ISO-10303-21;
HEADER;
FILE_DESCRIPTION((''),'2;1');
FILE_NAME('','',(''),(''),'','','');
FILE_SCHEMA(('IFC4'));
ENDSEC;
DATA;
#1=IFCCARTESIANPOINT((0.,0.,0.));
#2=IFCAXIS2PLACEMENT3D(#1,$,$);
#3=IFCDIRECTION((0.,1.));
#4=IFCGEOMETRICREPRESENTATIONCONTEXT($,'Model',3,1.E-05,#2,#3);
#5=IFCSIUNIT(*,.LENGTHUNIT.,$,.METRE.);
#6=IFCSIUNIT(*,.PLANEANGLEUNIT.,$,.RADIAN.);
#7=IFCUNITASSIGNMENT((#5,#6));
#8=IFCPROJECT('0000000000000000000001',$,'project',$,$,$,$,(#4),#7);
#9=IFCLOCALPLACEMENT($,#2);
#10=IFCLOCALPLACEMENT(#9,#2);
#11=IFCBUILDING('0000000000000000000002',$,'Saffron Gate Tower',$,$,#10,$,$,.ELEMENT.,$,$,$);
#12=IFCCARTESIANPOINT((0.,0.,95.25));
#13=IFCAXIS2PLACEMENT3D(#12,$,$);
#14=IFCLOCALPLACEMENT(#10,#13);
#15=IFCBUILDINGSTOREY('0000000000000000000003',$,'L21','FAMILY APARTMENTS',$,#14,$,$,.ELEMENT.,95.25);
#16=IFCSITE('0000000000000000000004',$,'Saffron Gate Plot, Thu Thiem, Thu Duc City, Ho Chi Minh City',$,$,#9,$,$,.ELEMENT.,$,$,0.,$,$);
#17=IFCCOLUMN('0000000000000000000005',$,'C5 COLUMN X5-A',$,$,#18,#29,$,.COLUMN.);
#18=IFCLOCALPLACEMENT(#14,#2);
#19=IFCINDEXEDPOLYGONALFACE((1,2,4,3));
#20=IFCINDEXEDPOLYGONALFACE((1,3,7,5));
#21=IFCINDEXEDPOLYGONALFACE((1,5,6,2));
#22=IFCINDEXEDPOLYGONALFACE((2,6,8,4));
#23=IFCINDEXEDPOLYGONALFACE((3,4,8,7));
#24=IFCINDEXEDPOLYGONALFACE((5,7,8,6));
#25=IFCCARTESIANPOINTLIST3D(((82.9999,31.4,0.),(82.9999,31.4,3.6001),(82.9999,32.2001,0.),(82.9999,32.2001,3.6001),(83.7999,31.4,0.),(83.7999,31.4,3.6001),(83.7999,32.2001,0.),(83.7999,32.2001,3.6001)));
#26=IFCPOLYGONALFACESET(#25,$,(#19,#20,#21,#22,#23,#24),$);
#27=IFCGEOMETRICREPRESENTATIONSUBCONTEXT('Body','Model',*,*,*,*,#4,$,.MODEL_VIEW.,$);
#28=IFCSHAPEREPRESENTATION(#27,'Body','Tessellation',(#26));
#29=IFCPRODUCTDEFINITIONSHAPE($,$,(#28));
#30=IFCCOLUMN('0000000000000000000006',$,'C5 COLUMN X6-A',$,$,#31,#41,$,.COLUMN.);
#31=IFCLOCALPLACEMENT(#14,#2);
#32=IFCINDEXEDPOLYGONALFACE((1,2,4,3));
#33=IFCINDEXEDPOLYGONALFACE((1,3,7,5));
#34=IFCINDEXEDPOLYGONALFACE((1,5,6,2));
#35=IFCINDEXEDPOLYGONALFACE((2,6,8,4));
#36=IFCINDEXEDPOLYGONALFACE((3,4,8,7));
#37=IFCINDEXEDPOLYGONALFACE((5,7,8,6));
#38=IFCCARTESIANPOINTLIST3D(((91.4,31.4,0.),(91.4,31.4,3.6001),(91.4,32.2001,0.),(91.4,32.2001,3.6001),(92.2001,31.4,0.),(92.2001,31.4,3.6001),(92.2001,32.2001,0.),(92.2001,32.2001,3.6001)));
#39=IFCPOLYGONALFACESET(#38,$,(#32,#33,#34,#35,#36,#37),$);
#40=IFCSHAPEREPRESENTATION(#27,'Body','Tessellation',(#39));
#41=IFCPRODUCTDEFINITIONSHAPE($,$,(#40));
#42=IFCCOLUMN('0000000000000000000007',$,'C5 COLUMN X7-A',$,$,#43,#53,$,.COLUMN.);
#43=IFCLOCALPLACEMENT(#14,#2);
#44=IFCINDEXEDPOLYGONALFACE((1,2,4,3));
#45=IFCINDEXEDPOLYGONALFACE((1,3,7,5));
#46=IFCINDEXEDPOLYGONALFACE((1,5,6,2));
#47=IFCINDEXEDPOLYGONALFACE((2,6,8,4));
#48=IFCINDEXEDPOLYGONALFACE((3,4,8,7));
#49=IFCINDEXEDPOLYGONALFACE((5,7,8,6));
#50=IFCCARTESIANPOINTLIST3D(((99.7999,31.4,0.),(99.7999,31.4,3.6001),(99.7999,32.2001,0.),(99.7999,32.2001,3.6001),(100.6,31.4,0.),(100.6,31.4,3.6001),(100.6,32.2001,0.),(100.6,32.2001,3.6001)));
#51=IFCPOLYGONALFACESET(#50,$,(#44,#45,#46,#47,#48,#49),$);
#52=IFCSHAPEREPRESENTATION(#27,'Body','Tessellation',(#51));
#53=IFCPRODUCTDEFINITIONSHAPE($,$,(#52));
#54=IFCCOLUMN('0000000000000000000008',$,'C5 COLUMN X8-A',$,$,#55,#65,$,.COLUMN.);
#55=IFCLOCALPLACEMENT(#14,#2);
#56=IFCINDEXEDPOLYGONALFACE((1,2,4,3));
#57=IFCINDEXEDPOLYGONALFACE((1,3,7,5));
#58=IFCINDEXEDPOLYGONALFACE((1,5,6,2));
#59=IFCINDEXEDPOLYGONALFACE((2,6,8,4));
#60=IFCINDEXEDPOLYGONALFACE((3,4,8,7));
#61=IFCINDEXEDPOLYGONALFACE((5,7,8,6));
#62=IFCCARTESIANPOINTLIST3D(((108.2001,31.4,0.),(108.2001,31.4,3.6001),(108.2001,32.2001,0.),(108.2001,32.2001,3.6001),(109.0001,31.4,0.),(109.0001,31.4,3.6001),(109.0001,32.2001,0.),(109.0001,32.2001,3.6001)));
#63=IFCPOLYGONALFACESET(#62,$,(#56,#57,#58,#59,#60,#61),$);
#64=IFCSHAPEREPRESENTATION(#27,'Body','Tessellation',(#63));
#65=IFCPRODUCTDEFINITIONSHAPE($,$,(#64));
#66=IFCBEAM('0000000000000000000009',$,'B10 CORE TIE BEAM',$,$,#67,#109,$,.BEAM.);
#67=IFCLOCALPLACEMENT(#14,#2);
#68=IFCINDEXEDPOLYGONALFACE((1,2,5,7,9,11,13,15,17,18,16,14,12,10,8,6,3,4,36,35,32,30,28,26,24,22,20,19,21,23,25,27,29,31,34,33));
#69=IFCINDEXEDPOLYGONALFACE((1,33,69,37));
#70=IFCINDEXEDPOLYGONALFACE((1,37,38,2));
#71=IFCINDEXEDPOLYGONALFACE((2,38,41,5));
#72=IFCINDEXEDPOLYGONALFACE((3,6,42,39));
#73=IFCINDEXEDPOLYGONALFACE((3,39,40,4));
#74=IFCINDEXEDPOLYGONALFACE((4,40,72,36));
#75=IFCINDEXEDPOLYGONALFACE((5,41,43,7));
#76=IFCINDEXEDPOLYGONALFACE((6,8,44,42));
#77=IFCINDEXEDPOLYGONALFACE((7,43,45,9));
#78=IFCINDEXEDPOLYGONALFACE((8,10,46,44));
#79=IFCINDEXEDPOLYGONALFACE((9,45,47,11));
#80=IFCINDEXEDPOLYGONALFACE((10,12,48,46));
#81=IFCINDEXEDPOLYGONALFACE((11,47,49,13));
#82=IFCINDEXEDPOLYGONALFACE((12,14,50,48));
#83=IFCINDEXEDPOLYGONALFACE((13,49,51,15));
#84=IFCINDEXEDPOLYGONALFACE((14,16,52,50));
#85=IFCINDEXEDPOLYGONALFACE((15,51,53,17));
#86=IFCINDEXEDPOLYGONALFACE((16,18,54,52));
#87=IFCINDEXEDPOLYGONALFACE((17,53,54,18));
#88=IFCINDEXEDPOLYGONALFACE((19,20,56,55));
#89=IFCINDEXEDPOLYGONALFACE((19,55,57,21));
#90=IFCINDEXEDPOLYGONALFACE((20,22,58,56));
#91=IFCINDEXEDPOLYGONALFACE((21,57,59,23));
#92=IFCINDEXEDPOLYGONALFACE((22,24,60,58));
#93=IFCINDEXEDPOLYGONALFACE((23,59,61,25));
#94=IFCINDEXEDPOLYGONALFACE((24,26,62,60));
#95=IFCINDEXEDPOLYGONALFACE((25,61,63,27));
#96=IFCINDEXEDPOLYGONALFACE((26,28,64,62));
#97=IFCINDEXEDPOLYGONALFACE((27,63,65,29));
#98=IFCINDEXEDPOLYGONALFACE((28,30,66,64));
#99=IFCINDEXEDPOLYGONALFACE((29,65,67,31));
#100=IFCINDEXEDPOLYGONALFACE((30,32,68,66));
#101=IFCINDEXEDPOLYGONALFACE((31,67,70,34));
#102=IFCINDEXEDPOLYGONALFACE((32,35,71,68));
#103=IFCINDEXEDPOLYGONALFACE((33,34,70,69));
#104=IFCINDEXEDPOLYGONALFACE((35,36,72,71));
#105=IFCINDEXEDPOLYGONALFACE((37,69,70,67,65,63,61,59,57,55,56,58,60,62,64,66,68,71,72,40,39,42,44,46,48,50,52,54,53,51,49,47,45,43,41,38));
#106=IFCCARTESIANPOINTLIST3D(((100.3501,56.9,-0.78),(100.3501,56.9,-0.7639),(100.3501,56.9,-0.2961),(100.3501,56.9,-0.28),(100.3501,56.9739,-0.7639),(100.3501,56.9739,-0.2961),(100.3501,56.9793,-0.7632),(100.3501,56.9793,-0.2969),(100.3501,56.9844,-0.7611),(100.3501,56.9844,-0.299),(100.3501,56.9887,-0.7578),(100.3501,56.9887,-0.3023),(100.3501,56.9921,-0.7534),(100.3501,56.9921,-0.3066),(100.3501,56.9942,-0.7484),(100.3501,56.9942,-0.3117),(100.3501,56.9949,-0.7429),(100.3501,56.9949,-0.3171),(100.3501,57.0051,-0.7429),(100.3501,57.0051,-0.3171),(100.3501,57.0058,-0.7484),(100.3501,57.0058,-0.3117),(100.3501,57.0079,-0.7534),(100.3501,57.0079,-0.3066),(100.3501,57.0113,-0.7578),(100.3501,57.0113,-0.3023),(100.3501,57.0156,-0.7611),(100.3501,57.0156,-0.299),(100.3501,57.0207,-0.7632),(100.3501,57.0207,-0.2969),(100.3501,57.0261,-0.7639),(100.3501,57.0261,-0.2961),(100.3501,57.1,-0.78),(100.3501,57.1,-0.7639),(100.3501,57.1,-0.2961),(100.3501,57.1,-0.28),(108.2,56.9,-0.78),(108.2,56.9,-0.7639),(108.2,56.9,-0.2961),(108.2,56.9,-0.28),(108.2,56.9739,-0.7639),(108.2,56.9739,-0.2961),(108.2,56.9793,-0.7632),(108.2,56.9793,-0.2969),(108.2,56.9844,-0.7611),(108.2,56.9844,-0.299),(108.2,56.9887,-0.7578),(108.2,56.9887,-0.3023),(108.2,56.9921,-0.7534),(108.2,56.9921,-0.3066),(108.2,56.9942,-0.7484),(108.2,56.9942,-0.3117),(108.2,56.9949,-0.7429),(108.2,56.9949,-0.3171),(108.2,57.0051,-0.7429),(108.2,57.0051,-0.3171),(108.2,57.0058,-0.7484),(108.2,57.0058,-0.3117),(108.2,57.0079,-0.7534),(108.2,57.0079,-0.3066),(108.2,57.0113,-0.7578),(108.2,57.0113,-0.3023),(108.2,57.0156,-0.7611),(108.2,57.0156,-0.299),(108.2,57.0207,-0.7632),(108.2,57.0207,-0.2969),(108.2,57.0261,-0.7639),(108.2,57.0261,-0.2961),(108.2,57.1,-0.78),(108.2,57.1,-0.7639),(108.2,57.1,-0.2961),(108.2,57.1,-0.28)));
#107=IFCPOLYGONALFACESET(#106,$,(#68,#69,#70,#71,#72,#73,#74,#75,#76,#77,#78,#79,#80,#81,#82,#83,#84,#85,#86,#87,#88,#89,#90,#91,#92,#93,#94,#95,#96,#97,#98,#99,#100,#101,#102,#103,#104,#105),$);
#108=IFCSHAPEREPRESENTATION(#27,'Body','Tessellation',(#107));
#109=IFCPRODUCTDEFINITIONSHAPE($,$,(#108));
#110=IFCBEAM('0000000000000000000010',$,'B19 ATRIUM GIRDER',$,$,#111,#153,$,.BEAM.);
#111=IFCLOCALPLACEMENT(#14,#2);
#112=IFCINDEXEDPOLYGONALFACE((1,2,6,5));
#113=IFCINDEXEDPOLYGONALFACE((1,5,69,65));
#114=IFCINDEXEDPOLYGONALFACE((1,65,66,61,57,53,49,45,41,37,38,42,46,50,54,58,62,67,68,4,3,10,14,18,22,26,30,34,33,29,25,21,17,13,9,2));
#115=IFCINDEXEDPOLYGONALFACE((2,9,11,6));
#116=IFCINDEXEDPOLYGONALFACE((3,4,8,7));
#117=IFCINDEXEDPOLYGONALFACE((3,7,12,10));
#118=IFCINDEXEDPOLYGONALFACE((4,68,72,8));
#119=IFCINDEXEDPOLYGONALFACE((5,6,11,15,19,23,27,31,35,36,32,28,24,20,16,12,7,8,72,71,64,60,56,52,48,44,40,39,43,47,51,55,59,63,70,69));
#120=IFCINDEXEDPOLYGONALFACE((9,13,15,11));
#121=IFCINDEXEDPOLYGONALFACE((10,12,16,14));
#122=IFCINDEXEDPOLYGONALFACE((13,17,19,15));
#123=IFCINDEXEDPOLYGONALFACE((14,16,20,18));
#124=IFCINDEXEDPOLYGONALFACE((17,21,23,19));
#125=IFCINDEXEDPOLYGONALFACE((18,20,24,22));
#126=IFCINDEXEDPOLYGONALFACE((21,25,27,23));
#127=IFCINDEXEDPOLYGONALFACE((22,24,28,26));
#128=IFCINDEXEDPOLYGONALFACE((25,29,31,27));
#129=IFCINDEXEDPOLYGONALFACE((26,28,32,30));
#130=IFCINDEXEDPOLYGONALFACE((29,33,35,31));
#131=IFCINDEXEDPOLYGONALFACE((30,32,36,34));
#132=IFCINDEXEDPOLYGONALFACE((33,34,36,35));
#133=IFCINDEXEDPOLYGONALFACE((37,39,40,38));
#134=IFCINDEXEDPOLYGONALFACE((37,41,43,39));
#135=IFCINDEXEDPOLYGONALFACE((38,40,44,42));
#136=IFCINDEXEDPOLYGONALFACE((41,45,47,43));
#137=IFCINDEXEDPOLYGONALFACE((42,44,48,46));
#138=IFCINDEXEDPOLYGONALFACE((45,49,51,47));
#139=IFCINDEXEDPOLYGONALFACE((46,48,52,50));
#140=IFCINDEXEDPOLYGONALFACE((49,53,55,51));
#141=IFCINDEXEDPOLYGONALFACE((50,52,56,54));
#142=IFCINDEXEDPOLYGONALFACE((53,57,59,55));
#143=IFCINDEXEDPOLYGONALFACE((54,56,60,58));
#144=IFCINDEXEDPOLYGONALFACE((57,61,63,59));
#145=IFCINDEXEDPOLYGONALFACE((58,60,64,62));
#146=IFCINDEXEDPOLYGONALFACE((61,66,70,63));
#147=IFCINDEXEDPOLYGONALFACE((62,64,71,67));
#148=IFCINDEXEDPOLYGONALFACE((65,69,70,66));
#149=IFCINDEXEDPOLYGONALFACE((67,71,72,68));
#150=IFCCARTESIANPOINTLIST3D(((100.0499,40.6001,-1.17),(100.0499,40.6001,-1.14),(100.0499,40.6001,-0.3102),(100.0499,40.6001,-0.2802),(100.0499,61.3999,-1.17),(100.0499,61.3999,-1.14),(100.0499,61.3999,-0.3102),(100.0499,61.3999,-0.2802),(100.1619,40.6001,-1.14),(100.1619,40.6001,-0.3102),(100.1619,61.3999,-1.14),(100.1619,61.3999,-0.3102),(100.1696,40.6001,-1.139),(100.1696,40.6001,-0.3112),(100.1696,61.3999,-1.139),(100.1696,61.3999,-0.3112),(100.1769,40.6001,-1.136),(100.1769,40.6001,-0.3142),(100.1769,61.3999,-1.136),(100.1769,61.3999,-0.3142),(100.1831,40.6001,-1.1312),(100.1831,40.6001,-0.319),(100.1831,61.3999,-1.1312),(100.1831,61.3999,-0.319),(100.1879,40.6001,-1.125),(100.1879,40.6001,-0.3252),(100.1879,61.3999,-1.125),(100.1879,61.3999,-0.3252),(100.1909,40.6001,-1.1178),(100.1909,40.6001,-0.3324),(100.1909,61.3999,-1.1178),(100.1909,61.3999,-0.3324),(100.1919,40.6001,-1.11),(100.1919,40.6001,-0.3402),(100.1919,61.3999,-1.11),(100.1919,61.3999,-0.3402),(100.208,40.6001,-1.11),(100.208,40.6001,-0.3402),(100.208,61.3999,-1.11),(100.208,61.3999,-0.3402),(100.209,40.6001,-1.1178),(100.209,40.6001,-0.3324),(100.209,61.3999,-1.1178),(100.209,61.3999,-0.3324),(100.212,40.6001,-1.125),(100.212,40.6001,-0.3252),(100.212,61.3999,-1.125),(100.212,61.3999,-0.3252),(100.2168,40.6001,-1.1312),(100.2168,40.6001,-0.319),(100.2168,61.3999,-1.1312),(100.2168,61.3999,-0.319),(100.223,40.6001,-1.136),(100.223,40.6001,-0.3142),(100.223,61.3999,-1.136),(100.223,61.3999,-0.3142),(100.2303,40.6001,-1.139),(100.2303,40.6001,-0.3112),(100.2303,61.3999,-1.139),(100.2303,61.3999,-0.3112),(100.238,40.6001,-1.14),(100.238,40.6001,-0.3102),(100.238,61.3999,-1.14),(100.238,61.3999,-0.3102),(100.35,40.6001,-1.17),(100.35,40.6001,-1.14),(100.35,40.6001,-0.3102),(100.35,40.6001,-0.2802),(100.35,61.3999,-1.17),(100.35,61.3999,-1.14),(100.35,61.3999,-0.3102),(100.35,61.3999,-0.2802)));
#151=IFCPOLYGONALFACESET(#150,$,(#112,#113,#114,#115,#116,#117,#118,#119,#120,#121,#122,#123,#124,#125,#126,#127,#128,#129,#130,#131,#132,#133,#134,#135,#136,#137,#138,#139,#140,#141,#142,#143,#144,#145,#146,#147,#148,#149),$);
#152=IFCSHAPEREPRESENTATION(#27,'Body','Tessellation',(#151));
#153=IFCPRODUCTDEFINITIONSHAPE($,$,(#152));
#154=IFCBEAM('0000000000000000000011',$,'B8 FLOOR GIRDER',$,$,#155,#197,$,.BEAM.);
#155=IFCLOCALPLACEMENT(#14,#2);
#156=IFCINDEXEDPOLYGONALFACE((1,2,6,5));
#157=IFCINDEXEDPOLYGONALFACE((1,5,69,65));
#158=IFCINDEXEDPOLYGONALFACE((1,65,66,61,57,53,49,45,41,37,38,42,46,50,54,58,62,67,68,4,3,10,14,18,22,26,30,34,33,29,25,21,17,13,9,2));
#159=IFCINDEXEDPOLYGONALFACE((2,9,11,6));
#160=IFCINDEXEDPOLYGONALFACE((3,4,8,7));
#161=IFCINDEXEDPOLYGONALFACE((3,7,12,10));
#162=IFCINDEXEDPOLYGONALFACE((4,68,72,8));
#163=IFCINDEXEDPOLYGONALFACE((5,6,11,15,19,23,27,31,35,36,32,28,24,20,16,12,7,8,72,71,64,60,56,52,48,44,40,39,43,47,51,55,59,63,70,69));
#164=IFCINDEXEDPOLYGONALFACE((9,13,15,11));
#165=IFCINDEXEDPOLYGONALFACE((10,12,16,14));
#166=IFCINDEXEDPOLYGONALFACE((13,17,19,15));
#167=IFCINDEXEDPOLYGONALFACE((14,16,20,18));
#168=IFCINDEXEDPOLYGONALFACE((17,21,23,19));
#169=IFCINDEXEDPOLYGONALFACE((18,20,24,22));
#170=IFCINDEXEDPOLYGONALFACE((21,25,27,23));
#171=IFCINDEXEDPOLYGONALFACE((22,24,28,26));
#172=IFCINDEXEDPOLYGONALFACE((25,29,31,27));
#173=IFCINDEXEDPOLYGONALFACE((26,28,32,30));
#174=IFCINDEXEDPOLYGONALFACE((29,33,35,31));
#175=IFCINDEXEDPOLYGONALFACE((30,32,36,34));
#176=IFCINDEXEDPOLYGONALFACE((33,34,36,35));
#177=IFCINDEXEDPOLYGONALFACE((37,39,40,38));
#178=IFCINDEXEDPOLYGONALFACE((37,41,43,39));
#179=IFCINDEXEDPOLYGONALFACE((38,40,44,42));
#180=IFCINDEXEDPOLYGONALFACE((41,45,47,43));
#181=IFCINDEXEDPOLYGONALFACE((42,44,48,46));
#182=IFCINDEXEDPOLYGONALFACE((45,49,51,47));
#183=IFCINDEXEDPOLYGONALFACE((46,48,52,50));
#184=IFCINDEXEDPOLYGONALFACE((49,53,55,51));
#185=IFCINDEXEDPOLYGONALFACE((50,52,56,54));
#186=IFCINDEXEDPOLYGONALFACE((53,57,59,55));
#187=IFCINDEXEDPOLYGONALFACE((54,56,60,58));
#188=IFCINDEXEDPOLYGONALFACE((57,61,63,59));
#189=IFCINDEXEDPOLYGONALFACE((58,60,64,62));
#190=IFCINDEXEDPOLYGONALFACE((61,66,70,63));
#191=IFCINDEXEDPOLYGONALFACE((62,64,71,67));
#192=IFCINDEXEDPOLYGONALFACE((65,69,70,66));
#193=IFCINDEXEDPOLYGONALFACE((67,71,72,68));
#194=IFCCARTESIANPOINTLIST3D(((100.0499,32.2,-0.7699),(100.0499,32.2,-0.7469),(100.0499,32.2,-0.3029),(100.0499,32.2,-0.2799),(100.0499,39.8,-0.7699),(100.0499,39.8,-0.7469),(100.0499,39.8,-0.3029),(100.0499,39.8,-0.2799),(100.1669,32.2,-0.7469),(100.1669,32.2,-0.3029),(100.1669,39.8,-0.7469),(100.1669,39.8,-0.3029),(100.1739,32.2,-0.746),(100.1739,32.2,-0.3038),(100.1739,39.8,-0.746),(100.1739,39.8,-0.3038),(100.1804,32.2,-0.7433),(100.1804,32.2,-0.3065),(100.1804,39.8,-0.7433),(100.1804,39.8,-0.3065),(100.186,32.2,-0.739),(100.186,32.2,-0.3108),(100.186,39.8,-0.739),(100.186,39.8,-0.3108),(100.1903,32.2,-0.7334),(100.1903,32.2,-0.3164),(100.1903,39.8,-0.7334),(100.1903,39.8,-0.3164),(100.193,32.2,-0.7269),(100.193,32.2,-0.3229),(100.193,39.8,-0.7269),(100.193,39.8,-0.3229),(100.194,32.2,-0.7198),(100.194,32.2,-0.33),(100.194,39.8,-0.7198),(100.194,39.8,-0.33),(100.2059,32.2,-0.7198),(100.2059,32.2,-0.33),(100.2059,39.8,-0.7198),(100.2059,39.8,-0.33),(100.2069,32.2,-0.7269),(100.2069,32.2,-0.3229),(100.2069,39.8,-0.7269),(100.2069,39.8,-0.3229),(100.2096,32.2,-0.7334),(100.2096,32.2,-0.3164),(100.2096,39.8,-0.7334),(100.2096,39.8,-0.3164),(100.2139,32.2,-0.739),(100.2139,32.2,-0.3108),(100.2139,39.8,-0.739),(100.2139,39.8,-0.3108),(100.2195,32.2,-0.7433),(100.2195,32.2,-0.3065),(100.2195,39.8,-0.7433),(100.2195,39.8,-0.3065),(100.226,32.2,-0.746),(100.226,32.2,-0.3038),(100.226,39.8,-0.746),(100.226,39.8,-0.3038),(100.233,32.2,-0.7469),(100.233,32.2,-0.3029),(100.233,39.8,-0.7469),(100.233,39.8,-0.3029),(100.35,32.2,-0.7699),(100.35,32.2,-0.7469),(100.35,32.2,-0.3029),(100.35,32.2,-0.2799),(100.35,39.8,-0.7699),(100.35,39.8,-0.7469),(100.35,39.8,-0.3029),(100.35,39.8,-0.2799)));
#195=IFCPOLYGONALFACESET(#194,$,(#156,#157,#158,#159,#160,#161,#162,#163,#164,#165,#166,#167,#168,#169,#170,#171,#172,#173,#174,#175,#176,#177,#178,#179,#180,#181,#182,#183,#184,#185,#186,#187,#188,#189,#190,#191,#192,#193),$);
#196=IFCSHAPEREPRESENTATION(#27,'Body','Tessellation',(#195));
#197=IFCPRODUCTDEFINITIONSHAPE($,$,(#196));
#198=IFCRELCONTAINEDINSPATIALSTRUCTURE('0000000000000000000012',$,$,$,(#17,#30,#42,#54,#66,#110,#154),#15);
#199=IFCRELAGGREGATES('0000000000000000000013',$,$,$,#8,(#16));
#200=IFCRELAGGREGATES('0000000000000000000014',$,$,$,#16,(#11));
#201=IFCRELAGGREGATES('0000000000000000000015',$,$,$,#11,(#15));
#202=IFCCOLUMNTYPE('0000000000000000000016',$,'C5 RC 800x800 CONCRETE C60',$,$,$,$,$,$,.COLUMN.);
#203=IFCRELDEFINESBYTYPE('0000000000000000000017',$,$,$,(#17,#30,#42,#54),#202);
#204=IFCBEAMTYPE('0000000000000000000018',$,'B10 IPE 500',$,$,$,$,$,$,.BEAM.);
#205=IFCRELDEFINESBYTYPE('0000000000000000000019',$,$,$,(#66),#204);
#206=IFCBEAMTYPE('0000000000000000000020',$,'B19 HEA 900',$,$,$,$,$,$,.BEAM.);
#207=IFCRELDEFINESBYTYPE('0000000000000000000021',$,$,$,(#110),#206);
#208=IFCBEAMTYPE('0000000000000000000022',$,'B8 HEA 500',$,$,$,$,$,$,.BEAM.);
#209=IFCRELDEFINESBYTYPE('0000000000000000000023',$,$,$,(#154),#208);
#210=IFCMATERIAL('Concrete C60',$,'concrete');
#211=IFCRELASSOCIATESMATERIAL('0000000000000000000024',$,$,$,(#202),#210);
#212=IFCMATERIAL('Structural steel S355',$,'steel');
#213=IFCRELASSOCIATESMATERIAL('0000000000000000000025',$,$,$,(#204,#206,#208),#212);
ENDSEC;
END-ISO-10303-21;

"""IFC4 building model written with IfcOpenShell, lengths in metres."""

from ifc_helpers import new_model, si_unit, direction, frame, origin, origin_2d, place, context, subcontext, project, spatial, rectangle, i_section, extrude, material, material_profile, profile_set, type_object, element, save


model = new_model("IFC4")

# Units and contexts
model_context = context("Model", 3, precision=1e-05, world=origin(), true_north=direction((0.0, 1.0)))
body_context = subcontext(model_context, "Body", "Model", "MODEL_VIEW")
ifc_project = project(units=[si_unit("LENGTHUNIT", "METRE"), si_unit("PLANEANGLEUNIT", "RADIAN")], contexts=[model_context])

# Site, building, storey
site_placement = place(None, origin())
site = spatial("IfcSite", under=ifc_project, at=site_placement, Name="Saffron Gate Plot, Thu Thiem, Thu Duc City, Ho Chi Minh City", CompositionType="ELEMENT", RefElevation=0.0)
building_placement = place(site_placement, origin())
building = spatial("IfcBuilding", under=site, at=building_placement, Name="Saffron Gate Tower", CompositionType="ELEMENT")
storey_placement = place(building_placement, frame((0.0, 0.0, 95.25)))
storey = spatial("IfcBuildingStorey", under=building, at=storey_placement, Name="L21", Description="FAMILY APARTMENTS", CompositionType="ELEMENT", Elevation=95.25)

# Columns
ifc_material_1 = material(Name="Concrete C60", Category="concrete")
ifc_material_profile_1 = material_profile(ifc_material_1, rectangle(XDim=0.8, YDim=0.8, at=origin_2d()))
ifc_profile_set_1 = profile_set([ifc_material_profile_1], Name="Concrete C60")
column_type = type_object("IfcColumnType", Name="C5 RC 800x800 CONCRETE C60", PredefinedType="COLUMN", material=ifc_profile_set_1)
for number, where, z_axis, x_axis, name in (
    (1, (83.3999, 31.8, 0.0), (0.0, 0.0, 1.0), (1.0, 0.0, 0.0), "C5 COLUMN X5-A"),
    (2, (91.8, 31.8, 0.0), (0.0, 0.0, 1.0), (1.0, 0.0, 0.0), "C5 COLUMN X6-A"),
    (3, (100.2, 31.8, 0.0), (0.0, 0.0, 1.0), (1.0, 0.0, 0.0), "C5 COLUMN X7-A"),
    (4, (108.6001, 31.8, 0.0), (0.0, 0.0, 1.0), (1.0, 0.0, 0.0), "C5 COLUMN X8-A"),
):
    element("IfcColumn", number, at=place(storey_placement, frame(where, z_axis=z_axis, x_axis=x_axis)), inside=storey, type_object=column_type, Name=name, PredefinedType="COLUMN", context=body_context, shape_type="SweptSolid", body=[
        extrude(rectangle(XDim=0.8, YDim=0.8, at=origin_2d()), origin(), (0.0, 0.0, 1.0), 3.6001),
    ])

# Beams
ifc_material_2 = material(Name="Structural steel S355", Category="steel")
ifc_material_profile_2 = material_profile(ifc_material_2, i_section(OverallWidth=0.2, OverallDepth=0.5, WebThickness=0.0103, FlangeThickness=0.0161, FilletRadius=0.021, at=origin_2d()))
ifc_profile_set_2 = profile_set([ifc_material_profile_2], Name="Structural steel S355")
beam_type_1 = type_object("IfcBeamType", Name="B10 IPE 500", PredefinedType="BEAM", material=ifc_profile_set_2)
beam_1_placement = place(storey_placement, frame((108.2, 57.0, -0.53), z_axis=(-1.0, 0.0, 0.0), x_axis=(0.0, -1.0, 0.0)))
element("IfcBeam", 5, at=beam_1_placement, inside=storey, type_object=beam_type_1, Name="B10 CORE TIE BEAM", PredefinedType="BEAM", context=body_context, shape_type="SweptSolid", body=[
    extrude(i_section(OverallWidth=0.2, OverallDepth=0.5, WebThickness=0.0103, FlangeThickness=0.0161, FilletRadius=0.021, at=origin_2d()), origin(), (0.0, 0.0, 1.0), 7.8499),
])
ifc_material_profile_3 = material_profile(ifc_material_2, i_section(OverallWidth=0.3, OverallDepth=0.8899, WebThickness=0.0161, FlangeThickness=0.03, FilletRadius=0.03, at=origin_2d()))
ifc_profile_set_3 = profile_set([ifc_material_profile_3], Name="Structural steel S355")
beam_type_2 = type_object("IfcBeamType", Name="B19 HEA 900", PredefinedType="BEAM", material=ifc_profile_set_3)
beam_2_placement = place(storey_placement, frame((100.2, 40.6001, -0.7251), z_axis=(0.0, 1.0, 0.0), x_axis=(-1.0, 0.0, 0.0)))
element("IfcBeam", 6, at=beam_2_placement, inside=storey, type_object=beam_type_2, Name="B19 ATRIUM GIRDER", PredefinedType="BEAM", context=body_context, shape_type="SweptSolid", body=[
    extrude(i_section(OverallWidth=0.3, OverallDepth=0.8899, WebThickness=0.0161, FlangeThickness=0.03, FilletRadius=0.03, at=origin_2d()), origin(), (0.0, 0.0, 1.0), 20.7998),
])
ifc_material_profile_4 = material_profile(ifc_material_2, i_section(OverallWidth=0.3, OverallDepth=0.49, WebThickness=0.012, FlangeThickness=0.0229, FilletRadius=0.0271, at=origin_2d()))
ifc_profile_set_4 = profile_set([ifc_material_profile_4], Name="Structural steel S355")
beam_type_3 = type_object("IfcBeamType", Name="B8 HEA 500", PredefinedType="BEAM", material=ifc_profile_set_4)
beam_3_placement = place(storey_placement, frame((100.2, 32.2, -0.5249), z_axis=(0.0, 1.0, 0.0), x_axis=(-1.0, 0.0, 0.0)))
element("IfcBeam", 7, at=beam_3_placement, inside=storey, type_object=beam_type_3, Name="B8 FLOOR GIRDER", PredefinedType="BEAM", context=body_context, shape_type="SweptSolid", body=[
    extrude(i_section(OverallWidth=0.3, OverallDepth=0.49, WebThickness=0.012, FlangeThickness=0.0229, FilletRadius=0.0271, at=origin_2d()), origin(), (0.0, 0.0, 1.0), 7.6001),
])

save(model, "model.ifc")
